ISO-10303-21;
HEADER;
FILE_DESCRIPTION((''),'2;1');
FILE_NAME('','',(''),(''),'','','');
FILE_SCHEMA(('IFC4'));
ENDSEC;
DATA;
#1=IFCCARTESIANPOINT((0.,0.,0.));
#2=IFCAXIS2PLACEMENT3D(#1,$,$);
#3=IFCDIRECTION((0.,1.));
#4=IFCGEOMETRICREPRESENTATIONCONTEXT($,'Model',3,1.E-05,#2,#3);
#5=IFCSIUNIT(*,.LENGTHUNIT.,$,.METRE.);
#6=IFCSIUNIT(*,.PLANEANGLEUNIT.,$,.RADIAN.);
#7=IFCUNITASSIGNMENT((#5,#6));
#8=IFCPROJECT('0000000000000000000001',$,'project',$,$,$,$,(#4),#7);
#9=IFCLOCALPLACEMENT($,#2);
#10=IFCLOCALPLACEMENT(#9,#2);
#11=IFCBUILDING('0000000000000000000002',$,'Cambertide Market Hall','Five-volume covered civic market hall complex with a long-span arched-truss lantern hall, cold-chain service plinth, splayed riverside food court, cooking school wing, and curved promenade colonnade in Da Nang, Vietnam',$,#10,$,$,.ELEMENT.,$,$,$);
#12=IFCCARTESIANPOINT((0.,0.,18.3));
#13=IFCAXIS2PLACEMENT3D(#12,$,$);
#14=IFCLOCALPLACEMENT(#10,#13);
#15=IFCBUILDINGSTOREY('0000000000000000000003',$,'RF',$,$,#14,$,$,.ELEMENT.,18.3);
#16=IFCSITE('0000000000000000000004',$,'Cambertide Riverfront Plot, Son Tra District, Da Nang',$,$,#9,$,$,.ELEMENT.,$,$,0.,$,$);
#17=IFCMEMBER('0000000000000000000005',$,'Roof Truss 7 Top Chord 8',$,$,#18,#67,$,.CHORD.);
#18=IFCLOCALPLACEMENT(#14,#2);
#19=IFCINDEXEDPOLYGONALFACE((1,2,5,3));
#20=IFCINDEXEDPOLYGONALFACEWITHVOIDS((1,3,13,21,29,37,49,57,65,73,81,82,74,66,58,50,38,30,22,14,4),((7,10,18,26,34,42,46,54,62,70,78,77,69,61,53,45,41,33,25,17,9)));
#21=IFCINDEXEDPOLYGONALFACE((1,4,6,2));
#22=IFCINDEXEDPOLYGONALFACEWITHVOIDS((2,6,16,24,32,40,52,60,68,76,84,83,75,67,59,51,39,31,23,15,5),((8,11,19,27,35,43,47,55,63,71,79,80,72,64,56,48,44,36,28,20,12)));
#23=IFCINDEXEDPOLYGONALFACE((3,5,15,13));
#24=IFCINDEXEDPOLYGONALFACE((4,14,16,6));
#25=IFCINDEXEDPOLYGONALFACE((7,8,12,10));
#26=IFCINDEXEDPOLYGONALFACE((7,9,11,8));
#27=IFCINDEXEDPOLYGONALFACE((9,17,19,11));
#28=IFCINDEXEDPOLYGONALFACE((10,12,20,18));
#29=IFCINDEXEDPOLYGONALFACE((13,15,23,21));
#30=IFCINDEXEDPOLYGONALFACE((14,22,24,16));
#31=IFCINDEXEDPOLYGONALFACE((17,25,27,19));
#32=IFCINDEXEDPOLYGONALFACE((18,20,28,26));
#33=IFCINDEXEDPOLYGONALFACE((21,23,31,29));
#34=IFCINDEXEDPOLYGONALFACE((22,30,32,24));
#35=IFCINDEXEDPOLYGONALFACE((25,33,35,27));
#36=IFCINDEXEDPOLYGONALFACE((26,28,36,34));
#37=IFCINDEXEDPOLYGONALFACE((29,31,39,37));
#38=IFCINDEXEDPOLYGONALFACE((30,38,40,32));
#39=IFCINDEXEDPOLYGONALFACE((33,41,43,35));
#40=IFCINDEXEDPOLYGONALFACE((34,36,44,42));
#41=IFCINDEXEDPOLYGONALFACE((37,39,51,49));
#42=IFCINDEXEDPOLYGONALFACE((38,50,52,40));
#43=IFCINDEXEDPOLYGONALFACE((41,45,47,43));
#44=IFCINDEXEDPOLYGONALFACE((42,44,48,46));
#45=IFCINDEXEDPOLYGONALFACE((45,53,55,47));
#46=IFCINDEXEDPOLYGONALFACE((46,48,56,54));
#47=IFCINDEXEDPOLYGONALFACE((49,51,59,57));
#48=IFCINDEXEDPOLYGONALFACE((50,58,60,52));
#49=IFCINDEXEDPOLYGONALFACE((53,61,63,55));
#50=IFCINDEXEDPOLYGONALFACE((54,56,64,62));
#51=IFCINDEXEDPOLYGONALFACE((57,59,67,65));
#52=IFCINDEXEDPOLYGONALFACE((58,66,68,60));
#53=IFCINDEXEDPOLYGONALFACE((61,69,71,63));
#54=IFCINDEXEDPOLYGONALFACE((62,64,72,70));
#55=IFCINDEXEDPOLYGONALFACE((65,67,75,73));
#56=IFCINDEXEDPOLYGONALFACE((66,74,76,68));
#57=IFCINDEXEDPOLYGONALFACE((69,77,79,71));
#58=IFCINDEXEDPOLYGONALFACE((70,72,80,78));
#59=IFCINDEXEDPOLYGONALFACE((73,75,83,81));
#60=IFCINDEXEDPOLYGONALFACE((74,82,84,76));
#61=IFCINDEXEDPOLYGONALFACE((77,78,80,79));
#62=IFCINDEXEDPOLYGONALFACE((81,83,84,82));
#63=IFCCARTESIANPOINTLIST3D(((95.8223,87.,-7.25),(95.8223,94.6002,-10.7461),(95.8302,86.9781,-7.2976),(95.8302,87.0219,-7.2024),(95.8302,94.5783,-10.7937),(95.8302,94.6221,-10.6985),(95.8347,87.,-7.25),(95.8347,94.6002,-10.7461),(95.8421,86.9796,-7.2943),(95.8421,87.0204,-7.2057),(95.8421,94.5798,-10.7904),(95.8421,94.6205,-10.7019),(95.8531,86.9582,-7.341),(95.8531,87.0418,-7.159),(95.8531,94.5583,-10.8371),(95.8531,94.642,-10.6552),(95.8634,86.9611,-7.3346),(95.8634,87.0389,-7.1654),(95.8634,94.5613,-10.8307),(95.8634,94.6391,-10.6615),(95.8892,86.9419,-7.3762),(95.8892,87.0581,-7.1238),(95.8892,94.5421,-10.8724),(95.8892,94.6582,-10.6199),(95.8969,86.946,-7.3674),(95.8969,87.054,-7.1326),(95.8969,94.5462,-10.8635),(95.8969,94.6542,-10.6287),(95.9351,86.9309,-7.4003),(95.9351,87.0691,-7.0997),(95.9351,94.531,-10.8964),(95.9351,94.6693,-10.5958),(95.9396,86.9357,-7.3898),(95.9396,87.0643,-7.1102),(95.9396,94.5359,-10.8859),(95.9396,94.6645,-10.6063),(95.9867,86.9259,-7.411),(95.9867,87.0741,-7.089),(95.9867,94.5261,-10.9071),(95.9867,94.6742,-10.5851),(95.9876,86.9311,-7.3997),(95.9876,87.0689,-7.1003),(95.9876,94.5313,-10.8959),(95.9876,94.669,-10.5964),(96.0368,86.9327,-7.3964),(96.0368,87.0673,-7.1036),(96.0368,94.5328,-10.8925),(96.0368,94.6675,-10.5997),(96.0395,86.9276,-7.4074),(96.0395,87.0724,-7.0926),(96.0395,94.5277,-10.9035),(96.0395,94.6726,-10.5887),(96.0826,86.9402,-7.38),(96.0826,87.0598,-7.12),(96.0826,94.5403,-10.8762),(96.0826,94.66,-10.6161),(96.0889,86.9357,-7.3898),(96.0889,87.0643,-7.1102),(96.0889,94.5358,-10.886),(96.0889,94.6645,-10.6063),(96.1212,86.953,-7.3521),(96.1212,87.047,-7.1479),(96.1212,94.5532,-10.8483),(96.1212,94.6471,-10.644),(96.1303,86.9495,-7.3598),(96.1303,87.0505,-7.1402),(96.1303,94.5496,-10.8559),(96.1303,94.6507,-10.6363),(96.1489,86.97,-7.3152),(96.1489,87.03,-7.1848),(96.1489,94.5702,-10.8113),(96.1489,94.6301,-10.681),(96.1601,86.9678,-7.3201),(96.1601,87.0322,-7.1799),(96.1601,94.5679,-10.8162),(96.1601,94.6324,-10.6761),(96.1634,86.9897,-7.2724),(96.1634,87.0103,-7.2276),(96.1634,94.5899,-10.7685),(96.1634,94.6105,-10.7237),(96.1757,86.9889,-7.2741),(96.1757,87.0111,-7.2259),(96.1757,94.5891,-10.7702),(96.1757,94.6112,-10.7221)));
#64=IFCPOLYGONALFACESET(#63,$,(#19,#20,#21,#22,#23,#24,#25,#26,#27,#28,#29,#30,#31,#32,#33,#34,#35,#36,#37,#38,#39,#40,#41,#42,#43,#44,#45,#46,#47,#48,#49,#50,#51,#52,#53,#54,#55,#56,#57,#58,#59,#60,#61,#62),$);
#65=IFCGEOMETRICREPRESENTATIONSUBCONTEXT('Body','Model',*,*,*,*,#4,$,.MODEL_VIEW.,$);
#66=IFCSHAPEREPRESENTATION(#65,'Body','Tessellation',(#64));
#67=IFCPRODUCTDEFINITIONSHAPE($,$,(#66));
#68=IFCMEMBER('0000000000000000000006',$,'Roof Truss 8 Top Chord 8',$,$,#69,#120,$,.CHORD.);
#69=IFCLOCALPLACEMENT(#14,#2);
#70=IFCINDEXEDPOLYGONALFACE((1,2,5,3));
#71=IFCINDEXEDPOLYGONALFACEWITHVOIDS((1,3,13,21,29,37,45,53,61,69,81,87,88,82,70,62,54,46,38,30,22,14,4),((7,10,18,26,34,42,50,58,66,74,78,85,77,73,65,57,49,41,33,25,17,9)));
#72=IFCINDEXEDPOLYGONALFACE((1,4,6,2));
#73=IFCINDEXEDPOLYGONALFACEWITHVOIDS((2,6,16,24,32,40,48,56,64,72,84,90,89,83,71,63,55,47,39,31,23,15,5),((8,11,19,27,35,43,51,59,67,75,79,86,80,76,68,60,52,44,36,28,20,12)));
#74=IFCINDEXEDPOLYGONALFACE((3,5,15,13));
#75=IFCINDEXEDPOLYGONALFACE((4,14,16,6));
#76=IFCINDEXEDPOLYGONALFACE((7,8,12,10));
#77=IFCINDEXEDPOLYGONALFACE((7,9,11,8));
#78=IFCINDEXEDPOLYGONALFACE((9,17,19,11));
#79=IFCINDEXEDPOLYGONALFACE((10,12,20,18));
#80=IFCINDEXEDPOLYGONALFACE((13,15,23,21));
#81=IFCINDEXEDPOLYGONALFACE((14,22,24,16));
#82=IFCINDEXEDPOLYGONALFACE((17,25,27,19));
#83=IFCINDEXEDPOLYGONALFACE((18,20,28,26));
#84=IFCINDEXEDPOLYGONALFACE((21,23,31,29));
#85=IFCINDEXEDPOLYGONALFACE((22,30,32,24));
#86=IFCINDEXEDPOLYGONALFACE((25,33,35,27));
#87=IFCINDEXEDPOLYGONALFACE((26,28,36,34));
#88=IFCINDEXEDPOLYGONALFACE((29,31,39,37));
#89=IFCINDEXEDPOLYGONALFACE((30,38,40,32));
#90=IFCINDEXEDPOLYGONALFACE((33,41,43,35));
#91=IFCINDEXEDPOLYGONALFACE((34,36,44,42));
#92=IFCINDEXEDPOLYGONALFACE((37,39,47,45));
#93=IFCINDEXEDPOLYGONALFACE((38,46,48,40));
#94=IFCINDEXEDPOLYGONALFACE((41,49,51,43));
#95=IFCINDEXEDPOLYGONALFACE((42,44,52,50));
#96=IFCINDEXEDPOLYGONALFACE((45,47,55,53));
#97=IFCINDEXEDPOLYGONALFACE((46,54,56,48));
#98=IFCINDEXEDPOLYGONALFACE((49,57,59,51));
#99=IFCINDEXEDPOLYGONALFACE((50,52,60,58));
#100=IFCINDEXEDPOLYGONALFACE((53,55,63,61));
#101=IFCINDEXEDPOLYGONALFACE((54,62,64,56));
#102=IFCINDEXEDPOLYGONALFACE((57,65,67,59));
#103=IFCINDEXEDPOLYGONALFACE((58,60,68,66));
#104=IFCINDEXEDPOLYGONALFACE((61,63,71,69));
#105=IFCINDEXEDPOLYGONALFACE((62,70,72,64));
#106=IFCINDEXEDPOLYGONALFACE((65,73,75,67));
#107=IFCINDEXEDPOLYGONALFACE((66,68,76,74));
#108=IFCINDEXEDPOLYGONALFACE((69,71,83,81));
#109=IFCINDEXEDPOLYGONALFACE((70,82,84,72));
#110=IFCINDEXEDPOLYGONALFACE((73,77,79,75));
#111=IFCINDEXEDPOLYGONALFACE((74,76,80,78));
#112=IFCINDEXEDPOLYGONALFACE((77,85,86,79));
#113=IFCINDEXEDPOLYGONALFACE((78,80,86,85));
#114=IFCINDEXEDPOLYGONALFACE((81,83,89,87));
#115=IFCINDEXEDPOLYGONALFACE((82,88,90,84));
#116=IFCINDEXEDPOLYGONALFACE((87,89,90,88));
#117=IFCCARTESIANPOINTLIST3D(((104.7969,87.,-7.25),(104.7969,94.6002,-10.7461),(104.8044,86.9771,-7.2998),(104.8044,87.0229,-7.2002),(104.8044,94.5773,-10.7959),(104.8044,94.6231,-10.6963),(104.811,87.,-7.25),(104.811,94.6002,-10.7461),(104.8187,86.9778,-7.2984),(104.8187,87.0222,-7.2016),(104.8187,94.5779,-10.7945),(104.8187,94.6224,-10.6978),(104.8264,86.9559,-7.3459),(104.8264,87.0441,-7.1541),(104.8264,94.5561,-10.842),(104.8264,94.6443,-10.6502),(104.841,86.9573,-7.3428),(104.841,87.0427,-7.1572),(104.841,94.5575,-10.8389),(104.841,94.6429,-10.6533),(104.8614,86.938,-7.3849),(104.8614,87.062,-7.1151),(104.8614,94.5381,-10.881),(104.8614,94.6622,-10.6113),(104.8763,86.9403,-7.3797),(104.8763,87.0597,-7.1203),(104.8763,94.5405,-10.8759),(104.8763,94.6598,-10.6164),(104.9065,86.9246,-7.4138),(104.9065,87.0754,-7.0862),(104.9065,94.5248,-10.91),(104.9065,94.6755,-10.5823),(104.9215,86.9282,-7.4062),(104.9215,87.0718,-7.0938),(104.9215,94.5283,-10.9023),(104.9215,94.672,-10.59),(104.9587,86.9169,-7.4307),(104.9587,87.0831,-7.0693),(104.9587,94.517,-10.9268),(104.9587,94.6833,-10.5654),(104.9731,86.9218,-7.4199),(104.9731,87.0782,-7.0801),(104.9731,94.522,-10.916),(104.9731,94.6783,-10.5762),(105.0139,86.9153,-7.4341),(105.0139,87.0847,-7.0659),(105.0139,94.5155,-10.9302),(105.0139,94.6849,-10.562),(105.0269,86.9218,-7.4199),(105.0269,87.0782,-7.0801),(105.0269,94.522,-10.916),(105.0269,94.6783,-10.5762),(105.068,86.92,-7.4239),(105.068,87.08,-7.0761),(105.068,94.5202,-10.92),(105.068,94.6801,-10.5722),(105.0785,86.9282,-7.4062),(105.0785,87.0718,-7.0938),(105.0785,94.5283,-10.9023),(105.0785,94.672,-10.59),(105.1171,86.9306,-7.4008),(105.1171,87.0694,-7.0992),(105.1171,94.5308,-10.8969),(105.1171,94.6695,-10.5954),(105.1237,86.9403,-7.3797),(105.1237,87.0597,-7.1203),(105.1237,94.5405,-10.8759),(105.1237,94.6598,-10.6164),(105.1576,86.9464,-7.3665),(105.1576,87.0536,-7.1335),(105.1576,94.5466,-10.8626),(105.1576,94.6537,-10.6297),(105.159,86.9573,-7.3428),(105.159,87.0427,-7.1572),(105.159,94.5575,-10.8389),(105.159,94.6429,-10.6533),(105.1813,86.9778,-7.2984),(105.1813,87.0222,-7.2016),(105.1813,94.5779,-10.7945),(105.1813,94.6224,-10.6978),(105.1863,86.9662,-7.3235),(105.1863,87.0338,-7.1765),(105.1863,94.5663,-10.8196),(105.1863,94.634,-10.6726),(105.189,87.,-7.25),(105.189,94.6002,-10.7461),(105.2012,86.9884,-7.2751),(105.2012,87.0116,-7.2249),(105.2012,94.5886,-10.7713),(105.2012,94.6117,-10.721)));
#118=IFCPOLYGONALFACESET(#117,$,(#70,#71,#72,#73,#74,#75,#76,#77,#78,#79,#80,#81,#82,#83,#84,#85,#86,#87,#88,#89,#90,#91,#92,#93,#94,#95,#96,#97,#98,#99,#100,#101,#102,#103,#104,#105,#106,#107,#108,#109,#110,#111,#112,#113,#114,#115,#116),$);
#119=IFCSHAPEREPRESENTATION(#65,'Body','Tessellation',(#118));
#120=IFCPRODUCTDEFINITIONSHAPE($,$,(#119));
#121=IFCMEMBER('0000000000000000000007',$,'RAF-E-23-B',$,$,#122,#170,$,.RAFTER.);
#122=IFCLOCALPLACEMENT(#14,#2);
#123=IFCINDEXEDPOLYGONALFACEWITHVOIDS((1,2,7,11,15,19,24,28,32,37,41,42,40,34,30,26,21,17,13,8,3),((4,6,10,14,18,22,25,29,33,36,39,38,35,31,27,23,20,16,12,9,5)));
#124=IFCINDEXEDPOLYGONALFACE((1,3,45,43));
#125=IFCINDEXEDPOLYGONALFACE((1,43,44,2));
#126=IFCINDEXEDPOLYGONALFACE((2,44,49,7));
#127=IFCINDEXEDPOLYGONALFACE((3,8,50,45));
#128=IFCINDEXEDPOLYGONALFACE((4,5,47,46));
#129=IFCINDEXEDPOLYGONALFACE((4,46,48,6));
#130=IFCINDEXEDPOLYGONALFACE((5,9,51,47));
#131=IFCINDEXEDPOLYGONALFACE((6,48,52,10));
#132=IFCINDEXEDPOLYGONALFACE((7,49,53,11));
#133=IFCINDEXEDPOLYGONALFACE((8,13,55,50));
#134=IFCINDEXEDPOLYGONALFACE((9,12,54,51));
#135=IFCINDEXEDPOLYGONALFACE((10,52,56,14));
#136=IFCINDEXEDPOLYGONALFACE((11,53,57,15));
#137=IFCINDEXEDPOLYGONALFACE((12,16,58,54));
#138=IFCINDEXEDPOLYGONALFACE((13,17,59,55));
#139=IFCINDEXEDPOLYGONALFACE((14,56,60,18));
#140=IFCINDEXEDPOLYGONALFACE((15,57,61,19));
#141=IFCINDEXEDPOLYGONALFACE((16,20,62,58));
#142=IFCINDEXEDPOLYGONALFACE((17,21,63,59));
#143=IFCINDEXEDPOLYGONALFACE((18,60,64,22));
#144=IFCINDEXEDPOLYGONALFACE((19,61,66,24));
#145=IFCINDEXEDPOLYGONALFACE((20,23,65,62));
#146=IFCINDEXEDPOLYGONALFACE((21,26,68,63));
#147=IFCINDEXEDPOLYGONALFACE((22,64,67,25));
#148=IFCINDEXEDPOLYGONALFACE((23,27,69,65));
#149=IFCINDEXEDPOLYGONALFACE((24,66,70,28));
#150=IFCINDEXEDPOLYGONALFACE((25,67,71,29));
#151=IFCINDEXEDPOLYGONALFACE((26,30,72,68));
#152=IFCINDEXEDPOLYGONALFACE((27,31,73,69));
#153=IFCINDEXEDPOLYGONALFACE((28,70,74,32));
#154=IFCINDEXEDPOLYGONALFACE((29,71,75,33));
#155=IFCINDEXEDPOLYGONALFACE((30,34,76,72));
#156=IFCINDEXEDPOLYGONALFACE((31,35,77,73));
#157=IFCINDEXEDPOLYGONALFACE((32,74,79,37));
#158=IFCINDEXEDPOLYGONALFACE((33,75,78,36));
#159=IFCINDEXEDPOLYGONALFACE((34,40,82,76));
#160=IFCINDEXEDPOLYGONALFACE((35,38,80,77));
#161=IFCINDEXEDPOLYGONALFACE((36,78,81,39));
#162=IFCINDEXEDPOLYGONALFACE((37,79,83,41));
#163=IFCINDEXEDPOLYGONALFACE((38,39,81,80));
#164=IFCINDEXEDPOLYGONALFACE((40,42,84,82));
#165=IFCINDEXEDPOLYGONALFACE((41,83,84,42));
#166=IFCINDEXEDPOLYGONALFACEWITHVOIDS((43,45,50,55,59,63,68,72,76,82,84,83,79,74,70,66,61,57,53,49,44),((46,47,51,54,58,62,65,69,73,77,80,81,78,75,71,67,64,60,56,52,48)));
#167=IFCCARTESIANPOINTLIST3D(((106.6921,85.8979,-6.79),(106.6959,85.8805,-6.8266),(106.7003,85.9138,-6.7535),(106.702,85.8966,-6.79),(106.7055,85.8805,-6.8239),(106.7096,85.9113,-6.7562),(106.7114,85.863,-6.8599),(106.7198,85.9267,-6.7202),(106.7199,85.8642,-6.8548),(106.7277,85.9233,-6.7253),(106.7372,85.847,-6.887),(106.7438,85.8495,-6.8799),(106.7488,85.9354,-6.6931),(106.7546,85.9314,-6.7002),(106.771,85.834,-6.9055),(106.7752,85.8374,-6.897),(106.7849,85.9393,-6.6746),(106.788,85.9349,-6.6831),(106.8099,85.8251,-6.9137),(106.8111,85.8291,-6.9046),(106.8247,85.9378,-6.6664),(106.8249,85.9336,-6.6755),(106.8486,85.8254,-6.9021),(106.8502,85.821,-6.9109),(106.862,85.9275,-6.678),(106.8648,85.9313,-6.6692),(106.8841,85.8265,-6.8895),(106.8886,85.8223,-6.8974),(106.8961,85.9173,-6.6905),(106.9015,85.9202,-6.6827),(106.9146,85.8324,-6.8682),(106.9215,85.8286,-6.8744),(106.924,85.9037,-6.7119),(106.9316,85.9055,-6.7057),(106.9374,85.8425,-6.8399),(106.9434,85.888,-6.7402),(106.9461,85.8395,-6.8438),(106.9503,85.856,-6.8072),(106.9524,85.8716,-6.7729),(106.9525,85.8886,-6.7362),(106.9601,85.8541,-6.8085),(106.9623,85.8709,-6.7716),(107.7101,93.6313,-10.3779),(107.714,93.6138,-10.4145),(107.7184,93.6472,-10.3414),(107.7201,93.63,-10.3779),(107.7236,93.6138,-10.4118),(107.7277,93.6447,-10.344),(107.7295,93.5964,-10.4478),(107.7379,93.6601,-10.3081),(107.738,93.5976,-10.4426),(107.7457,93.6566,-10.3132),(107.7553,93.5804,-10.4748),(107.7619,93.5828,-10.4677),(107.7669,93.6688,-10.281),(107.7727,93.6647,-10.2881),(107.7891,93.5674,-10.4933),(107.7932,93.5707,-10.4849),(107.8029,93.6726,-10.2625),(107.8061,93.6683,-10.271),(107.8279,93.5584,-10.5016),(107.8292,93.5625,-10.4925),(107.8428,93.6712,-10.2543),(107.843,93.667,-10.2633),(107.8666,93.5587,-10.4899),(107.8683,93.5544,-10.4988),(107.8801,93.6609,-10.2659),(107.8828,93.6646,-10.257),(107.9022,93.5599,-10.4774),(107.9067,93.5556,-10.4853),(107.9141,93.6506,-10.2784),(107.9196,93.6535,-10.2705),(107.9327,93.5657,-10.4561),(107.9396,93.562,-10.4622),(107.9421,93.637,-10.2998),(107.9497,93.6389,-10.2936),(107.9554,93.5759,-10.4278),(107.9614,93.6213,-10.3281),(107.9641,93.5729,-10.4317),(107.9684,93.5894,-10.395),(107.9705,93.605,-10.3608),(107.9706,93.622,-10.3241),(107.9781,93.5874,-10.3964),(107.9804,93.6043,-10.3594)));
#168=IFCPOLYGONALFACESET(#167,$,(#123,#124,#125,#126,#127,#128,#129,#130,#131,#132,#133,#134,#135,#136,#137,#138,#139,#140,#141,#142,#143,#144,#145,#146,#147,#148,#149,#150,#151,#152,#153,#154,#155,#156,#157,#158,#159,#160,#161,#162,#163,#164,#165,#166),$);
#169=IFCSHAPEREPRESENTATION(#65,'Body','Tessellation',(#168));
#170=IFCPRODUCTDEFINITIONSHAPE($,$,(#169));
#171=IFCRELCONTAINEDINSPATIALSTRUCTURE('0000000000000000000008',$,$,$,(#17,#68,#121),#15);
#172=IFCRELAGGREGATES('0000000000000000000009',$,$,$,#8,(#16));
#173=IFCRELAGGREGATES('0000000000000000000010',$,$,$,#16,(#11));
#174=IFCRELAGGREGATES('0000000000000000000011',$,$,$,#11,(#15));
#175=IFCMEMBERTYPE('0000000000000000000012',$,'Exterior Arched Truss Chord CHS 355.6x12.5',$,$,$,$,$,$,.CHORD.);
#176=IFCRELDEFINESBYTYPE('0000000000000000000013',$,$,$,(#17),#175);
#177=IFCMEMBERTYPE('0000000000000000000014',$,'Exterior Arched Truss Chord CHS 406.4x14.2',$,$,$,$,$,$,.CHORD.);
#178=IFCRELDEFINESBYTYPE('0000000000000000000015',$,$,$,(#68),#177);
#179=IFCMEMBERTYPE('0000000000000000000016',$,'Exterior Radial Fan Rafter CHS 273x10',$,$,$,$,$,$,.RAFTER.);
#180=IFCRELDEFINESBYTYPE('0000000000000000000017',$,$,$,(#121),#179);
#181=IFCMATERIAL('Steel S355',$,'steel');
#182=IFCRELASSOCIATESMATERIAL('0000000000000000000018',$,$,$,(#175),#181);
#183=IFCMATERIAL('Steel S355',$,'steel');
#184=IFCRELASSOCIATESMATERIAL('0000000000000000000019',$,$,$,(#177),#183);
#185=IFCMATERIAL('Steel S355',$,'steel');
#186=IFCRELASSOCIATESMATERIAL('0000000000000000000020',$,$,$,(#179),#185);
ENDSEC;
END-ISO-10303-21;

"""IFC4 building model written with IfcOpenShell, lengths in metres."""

from ifc_helpers import new_model, si_unit, direction, frame, origin, origin_2d, place, context, subcontext, project, spatial, hollow_circle, extrude, material, material_profile, profile_set, type_object, element, save


model = new_model("IFC4")

# Units and contexts
model_context = context("Model", 3, precision=1e-05, world=origin(), true_north=direction((0.0, 1.0)))
body_context = subcontext(model_context, "Body", "Model", "MODEL_VIEW")
ifc_project = project(units=[si_unit("LENGTHUNIT", "METRE"), si_unit("PLANEANGLEUNIT", "RADIAN")], contexts=[model_context])

# Site, building, storey
site_placement = place(None, origin())
site = spatial("IfcSite", under=ifc_project, at=site_placement, Name="Cambertide Riverfront Plot, Son Tra District, Da Nang", CompositionType="ELEMENT", RefElevation=0.0)
building_placement = place(site_placement, origin())
building = spatial("IfcBuilding", under=site, at=building_placement, Name="Cambertide Market Hall", Description="Five-volume covered civic market hall complex with a long-span arched-truss lantern hall, cold-chain service plinth, splayed riverside food court, cooking school wing, and curved promenade colonnade in Da Nang, Vietnam", CompositionType="ELEMENT")
storey_placement = place(building_placement, frame((0.0, 0.0, 18.3)))
storey = spatial("IfcBuildingStorey", under=building, at=storey_placement, Name="RF", CompositionType="ELEMENT", Elevation=18.3)

# Members
ifc_material_1 = material(Name="Steel S355", Category="steel")
ifc_material_profile_1 = material_profile(ifc_material_1, hollow_circle(Radius=0.1777, WallThickness=0.0125, at=origin_2d()), Name="CHS 355.6x12.5")
ifc_profile_set_1 = profile_set([ifc_material_profile_1], Name="Steel S355")
member_type_1 = type_object("IfcMemberType", Name="Exterior Arched Truss Chord CHS 355.6x12.5", PredefinedType="CHORD", material=ifc_profile_set_1)
member_1_placement = place(storey_placement, frame((96.0, 87.0, -7.25), z_axis=(0.0, 0.908488, -0.41791), x_axis=(-1.0, 0.0, 0.0)))
element("IfcMember", 1, at=member_1_placement, inside=storey, type_object=member_type_1, Name="Roof Truss 7 Top Chord 8", PredefinedType="CHORD", context=body_context, shape_type="SweptSolid", body=[
    extrude(hollow_circle(Radius=0.1777, WallThickness=0.0125, at=origin_2d()), origin(), (0.0, 0.0, 1.0), 8.3657),
])
ifc_material_2 = material(Name="Steel S355", Category="steel")
ifc_material_profile_2 = material_profile(ifc_material_2, hollow_circle(Radius=0.2031, WallThickness=0.0142, at=origin_2d()), Name="CHS 406.4x14.2")
ifc_profile_set_2 = profile_set([ifc_material_profile_2], Name="Steel S355")
member_type_2 = type_object("IfcMemberType", Name="Exterior Arched Truss Chord CHS 406.4x14.2", PredefinedType="CHORD", material=ifc_profile_set_2)
member_2_placement = place(storey_placement, frame((105.0, 87.0, -7.25), z_axis=(0.0, 0.908488, -0.41791), x_axis=(-1.0, 0.0, 0.0)))
element("IfcMember", 2, at=member_2_placement, inside=storey, type_object=member_type_2, Name="Roof Truss 8 Top Chord 8", PredefinedType="CHORD", context=body_context, shape_type="SweptSolid", body=[
    extrude(hollow_circle(Radius=0.2031, WallThickness=0.0142, at=origin_2d()), origin(), (0.0, 0.0, 1.0), 8.3657),
])
ifc_material_3 = material(Name="Steel S355", Category="steel")
ifc_material_profile_3 = material_profile(ifc_material_3, hollow_circle(Radius=0.1365, WallThickness=0.01, at=origin_2d()), Name="CHS 273x10")
ifc_profile_set_3 = profile_set([ifc_material_profile_3], Name="Steel S355")
member_type_3 = type_object("IfcMemberType", Name="Exterior Radial Fan Rafter CHS 273x10", PredefinedType="RAFTER", material=ifc_profile_set_3)
member_3_placement = place(storey_placement, frame((106.8274, 85.8801, -6.79), z_axis=(0.118576, 0.900726, -0.41789), x_axis=(-0.991446, 0.130519, 0.0)))
element("IfcMember", 3, at=member_3_placement, inside=storey, type_object=member_type_3, Name="RAF-E-23-B", PredefinedType="RAFTER", context=body_context, shape_type="SweptSolid", body=[
    extrude(hollow_circle(Radius=0.1365, WallThickness=0.01, at=origin_2d()), origin(), (0.0, 0.0, 1.0), 8.5857),
])

save(model, "model.ifc")
